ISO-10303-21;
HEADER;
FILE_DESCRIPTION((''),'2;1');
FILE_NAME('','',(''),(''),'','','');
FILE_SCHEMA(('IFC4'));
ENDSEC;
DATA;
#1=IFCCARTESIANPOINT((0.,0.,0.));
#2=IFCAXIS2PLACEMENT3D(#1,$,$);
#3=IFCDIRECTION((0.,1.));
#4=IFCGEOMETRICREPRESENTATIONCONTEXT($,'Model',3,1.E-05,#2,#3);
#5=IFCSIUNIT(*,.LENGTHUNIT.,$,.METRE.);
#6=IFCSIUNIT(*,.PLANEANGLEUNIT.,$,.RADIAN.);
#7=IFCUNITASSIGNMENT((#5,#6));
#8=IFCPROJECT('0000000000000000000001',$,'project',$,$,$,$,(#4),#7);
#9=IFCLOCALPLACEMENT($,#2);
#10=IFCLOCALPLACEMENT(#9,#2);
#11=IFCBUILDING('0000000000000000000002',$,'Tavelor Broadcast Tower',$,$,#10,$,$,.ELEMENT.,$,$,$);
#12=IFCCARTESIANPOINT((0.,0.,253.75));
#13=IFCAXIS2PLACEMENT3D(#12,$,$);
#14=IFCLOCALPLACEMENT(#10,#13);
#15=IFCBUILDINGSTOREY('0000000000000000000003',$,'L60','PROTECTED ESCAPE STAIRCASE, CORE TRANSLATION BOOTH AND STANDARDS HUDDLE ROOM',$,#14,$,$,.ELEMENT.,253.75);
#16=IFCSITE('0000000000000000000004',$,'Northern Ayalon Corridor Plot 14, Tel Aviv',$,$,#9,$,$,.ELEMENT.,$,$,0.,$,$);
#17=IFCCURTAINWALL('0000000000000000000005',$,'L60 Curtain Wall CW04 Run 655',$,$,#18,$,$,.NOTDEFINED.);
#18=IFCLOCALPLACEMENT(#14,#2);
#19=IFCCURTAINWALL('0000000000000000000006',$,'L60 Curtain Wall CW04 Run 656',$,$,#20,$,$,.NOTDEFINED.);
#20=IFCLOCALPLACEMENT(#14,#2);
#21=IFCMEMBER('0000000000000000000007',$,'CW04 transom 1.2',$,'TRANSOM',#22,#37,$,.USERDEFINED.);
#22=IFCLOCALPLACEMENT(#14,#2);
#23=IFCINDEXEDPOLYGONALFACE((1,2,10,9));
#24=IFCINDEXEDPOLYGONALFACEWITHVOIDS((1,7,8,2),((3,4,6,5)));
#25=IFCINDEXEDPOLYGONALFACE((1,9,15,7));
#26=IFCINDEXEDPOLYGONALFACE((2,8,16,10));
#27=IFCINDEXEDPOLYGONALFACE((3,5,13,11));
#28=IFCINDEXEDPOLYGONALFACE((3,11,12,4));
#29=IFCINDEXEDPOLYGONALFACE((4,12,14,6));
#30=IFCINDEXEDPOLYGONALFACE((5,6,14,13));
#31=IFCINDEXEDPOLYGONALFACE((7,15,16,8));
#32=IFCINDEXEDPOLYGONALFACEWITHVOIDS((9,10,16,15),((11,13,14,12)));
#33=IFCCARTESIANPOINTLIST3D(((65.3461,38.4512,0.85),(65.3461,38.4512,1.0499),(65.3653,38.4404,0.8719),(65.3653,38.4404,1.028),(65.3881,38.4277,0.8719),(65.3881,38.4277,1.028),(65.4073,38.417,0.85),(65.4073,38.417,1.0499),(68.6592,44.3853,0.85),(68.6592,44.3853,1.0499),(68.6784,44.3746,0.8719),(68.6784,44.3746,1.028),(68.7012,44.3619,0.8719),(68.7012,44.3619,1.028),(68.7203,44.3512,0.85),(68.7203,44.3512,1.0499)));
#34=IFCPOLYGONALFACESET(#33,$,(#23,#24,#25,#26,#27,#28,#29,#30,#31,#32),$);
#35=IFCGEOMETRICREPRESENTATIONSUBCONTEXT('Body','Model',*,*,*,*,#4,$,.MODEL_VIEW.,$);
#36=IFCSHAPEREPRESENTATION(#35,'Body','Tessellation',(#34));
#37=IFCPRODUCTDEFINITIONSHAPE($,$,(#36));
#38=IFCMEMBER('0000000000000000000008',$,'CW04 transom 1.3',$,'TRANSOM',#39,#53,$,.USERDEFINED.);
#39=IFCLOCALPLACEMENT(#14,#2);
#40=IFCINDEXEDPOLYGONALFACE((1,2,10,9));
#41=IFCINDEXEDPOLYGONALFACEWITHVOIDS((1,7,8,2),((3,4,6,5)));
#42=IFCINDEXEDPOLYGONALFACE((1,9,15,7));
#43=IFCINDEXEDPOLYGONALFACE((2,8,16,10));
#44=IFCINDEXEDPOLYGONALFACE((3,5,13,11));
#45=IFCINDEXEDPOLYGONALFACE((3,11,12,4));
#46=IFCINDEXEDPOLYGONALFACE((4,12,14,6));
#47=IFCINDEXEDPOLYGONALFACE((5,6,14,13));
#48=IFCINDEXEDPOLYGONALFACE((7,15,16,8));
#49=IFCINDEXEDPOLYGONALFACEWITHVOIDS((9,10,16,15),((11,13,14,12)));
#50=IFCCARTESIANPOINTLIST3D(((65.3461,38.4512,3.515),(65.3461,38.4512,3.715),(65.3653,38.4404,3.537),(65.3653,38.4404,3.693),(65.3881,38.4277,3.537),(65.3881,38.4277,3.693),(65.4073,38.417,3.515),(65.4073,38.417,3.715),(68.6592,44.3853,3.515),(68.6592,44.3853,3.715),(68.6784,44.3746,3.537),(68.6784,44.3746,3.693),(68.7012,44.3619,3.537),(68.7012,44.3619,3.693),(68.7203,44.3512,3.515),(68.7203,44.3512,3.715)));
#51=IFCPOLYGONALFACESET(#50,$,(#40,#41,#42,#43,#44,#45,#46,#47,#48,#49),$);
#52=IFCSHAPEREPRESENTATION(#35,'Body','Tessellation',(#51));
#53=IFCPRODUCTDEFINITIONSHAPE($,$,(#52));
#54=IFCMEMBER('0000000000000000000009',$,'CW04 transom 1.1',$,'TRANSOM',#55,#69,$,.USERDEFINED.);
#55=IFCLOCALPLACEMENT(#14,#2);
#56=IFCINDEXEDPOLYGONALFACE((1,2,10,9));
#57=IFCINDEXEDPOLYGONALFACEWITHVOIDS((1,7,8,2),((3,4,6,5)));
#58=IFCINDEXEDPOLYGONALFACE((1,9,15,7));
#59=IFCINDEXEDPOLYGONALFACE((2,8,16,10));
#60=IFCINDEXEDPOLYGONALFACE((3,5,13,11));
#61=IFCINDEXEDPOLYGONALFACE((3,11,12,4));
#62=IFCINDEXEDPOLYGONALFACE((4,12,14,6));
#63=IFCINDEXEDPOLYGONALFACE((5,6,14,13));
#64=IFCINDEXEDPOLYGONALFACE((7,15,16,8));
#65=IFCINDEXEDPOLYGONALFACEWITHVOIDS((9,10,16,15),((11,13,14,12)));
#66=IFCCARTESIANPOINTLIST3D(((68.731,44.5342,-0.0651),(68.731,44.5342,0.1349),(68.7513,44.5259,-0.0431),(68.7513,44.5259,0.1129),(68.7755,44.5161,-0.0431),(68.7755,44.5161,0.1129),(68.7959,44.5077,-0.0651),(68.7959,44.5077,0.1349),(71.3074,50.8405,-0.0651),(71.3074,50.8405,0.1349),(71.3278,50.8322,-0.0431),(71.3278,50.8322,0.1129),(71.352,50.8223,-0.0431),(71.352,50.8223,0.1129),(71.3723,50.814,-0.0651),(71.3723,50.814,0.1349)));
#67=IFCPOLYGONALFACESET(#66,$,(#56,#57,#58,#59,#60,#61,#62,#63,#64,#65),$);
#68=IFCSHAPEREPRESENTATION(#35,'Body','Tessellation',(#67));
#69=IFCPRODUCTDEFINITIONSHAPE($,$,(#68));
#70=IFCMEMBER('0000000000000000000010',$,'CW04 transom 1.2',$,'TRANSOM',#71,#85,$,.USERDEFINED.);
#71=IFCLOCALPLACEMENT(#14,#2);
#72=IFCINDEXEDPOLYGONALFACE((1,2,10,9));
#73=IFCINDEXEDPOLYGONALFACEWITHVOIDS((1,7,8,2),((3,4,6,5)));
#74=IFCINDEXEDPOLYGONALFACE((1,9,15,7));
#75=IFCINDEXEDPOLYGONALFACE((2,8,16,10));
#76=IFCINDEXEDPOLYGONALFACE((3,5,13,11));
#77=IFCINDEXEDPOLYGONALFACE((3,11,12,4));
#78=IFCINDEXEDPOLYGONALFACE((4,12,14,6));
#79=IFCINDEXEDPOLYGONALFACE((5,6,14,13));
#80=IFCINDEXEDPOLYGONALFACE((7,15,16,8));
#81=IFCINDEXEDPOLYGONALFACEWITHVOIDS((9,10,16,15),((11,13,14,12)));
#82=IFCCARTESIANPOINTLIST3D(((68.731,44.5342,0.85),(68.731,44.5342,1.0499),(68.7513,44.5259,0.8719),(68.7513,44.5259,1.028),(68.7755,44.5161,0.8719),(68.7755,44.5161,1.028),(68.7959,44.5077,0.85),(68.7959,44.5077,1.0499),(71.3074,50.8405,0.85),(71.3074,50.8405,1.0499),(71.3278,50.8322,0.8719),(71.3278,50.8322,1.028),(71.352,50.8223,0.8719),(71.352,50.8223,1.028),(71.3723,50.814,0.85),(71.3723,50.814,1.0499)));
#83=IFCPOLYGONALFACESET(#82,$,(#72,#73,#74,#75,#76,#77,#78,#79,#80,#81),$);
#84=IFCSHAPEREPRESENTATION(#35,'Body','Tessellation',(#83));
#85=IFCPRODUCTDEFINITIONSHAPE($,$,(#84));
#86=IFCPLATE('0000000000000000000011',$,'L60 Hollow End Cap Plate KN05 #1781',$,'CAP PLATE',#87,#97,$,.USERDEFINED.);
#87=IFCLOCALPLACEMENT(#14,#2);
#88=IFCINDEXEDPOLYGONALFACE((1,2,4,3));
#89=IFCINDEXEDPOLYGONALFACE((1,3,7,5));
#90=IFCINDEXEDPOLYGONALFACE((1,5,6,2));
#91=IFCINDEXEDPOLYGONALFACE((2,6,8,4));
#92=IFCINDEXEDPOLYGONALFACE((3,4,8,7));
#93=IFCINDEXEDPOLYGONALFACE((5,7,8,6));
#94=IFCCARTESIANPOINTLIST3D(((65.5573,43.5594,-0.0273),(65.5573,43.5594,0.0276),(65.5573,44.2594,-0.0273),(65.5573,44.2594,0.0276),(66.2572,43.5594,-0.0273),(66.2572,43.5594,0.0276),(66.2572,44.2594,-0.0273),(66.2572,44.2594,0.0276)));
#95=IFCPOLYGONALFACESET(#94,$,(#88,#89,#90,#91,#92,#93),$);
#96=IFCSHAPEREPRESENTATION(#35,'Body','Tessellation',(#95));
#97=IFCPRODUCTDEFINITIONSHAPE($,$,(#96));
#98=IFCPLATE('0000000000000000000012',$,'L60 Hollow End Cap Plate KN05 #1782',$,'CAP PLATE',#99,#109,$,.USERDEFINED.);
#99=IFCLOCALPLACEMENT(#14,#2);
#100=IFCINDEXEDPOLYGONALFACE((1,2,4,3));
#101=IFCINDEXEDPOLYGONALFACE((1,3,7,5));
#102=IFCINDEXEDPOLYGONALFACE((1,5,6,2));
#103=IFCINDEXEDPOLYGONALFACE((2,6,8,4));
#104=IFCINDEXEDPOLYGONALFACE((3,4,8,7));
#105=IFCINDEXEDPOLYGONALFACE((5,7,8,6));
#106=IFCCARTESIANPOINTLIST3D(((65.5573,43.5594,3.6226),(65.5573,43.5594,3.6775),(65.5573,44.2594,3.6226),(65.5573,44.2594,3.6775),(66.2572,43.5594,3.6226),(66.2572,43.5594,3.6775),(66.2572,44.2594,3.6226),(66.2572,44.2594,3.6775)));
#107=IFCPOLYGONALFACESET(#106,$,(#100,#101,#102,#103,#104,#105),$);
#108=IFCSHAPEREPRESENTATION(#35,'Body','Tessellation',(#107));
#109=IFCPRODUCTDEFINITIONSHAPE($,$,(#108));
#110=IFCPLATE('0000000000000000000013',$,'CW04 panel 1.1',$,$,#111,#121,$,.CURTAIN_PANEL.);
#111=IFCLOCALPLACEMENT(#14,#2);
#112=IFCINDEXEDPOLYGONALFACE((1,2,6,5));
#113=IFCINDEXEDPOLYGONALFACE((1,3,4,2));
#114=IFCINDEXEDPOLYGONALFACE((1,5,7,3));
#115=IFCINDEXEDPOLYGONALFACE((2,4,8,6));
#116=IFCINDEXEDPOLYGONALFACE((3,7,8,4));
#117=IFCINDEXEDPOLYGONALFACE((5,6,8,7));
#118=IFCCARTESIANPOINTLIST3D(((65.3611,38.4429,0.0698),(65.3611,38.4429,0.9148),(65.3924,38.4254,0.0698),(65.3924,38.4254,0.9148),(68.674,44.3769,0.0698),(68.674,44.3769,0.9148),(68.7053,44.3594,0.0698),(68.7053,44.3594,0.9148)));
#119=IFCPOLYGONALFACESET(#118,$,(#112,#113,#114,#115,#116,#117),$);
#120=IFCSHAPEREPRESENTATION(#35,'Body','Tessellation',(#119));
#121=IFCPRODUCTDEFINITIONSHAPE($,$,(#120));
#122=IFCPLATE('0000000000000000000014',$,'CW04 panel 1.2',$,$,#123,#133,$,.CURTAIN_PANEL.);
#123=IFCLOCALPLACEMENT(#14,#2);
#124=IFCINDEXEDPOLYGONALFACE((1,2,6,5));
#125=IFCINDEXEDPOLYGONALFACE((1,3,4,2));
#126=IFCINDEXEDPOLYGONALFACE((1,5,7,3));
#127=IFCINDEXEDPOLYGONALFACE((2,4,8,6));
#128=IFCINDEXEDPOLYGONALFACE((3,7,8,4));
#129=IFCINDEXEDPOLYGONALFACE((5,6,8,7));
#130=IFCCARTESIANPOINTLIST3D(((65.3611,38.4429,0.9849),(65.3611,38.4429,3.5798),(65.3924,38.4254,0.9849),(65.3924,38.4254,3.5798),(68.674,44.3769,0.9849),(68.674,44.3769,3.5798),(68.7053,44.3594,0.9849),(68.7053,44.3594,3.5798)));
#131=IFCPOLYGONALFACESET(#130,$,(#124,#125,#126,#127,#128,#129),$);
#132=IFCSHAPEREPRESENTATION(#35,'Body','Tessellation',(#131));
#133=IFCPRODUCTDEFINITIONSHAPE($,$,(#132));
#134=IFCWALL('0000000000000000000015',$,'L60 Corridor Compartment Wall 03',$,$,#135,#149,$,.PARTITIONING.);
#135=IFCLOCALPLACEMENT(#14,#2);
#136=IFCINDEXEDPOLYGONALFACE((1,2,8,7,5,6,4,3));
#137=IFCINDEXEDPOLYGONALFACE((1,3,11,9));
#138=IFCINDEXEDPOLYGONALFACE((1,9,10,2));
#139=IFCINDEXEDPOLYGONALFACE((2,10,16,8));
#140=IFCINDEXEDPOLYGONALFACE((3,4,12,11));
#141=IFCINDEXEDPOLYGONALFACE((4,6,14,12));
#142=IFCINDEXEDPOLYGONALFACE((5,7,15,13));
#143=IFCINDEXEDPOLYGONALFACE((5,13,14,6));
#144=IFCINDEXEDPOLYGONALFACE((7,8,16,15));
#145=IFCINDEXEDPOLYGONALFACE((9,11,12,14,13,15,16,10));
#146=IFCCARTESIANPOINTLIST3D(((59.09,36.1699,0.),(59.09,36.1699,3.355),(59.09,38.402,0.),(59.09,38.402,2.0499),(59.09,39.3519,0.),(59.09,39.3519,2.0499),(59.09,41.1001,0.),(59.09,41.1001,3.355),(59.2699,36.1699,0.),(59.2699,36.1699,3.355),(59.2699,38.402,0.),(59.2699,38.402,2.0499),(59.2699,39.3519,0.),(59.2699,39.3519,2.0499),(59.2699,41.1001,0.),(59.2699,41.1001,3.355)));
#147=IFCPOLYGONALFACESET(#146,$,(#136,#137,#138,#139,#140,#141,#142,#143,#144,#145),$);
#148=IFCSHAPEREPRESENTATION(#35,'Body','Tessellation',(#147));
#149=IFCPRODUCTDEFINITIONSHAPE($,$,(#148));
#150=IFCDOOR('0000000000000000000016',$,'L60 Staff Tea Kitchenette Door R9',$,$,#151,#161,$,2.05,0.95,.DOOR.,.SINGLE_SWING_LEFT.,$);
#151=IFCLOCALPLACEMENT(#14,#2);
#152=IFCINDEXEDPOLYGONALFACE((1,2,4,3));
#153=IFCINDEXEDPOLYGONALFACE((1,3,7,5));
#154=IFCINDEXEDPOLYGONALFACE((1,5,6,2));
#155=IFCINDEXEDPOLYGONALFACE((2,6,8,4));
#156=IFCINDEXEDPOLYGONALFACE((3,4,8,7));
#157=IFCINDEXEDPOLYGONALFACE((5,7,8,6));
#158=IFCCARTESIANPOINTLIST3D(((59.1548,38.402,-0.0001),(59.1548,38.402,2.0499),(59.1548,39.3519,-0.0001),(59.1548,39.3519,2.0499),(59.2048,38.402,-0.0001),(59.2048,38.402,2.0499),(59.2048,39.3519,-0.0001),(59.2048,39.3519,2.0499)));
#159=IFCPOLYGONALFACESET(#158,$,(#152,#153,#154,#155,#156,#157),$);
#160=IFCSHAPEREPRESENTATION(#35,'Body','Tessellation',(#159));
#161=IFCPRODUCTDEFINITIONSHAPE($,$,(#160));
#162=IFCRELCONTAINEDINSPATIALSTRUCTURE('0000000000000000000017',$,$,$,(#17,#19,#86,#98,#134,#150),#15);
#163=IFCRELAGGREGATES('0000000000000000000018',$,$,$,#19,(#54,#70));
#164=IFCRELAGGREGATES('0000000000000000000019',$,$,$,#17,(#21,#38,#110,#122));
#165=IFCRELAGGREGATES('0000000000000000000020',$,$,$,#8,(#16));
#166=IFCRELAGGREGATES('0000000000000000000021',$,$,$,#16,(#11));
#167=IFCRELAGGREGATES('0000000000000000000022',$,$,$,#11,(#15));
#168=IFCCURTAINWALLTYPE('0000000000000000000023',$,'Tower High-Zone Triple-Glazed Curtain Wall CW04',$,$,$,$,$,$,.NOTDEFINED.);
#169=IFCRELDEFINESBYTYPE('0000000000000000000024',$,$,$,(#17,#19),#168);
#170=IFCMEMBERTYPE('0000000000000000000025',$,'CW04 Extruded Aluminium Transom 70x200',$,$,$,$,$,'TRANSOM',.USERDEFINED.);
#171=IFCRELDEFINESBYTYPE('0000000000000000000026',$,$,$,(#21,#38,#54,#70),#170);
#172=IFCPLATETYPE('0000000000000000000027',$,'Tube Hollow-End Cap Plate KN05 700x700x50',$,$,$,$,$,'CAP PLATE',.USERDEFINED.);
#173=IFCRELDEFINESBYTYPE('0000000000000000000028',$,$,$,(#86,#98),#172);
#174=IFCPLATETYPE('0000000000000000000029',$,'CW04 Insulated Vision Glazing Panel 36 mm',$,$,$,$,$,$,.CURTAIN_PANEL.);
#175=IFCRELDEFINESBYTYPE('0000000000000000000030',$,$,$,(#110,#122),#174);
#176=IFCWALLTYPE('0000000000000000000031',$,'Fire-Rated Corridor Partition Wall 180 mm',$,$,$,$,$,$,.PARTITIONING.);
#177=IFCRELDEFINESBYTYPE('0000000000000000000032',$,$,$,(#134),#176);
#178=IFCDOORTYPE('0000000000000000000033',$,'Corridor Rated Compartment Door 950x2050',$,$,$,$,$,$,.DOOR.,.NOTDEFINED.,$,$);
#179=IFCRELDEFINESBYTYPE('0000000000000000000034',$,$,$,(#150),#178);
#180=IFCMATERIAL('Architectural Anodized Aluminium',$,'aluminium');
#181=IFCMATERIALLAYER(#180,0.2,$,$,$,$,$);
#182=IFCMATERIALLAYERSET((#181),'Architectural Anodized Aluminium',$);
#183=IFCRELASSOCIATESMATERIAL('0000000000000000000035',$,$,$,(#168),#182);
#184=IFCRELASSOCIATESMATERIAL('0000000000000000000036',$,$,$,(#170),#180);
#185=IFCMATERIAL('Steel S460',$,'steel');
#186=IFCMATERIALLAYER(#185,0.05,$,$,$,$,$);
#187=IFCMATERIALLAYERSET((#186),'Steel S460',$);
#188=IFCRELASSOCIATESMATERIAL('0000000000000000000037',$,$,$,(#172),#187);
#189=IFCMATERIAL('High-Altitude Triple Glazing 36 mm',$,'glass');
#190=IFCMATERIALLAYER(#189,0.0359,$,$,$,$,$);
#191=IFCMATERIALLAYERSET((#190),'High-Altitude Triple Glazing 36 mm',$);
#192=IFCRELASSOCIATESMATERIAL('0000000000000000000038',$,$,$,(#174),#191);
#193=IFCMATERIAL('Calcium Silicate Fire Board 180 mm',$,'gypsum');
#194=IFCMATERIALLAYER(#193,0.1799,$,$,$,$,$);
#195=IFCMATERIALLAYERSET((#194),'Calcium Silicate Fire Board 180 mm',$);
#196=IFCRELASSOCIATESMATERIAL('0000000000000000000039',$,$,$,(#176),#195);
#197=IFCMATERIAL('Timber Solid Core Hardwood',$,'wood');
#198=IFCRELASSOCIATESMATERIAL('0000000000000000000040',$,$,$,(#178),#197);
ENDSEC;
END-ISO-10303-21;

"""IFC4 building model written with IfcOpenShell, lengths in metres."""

from ifc_helpers import new_model, si_unit, direction, frame, frame_2d, origin, origin_2d, place, context, subcontext, project, spatial, rectangle, hollow_rectangle, extrude, source, transform, mapped, material, layer, layer_set, material_profile, profile_set, type_object, type_shapes, element, fill, aggregate, save


model = new_model("IFC4")

# Units and contexts
model_context = context("Model", 3, precision=1e-05, world=origin(), true_north=direction((0.0, 1.0)))
body_context = subcontext(model_context, "Body", "Model", "MODEL_VIEW")
ifc_project = project(units=[si_unit("LENGTHUNIT", "METRE"), si_unit("PLANEANGLEUNIT", "RADIAN")], contexts=[model_context])

# Site, building, storey
site_placement = place(None, origin())
site = spatial("IfcSite", under=ifc_project, at=site_placement, Name="Northern Ayalon Corridor Plot 14, Tel Aviv", CompositionType="ELEMENT", RefElevation=0.0)
building_placement = place(site_placement, origin())
building = spatial("IfcBuilding", under=site, at=building_placement, Name="Tavelor Broadcast Tower", CompositionType="ELEMENT")
storey_placement = place(building_placement, frame((0.0, 0.0, 253.75)))
storey = spatial("IfcBuildingStorey", under=building, at=storey_placement, Name="L60", Description="PROTECTED ESCAPE STAIRCASE, CORE TRANSLATION BOOTH AND STANDARDS HUDDLE ROOM", CompositionType="ELEMENT", Elevation=253.75)

# Shared definitions
ifc_material_1 = material(Name="Steel S460", Category="steel")

# Curtain wall
ifc_material_2 = material(Name="Architectural Anodized Aluminium", Category="aluminium")
ifc_layer_1 = layer(ifc_material_2, 0.2)
ifc_layer_set_1 = layer_set([ifc_layer_1], Name="Architectural Anodized Aluminium")
curtain_wall_type = type_object("IfcCurtainWallType", Name="Tower High-Zone Triple-Glazed Curtain Wall CW04", PredefinedType="NOTDEFINED", material=ifc_layer_set_1)
curtain_wall_1_placement = place(storey_placement, origin())
curtain_wall_1 = element("IfcCurtainWall", 1, at=curtain_wall_1_placement, inside=storey, type_object=curtain_wall_type, Name="L60 Curtain Wall CW04 Run 655", PredefinedType="NOTDEFINED")

# Curtain wall
curtain_wall_2_placement = place(storey_placement, origin())
curtain_wall_2 = element("IfcCurtainWall", 2, at=curtain_wall_2_placement, inside=storey, type_object=curtain_wall_type, Name="L60 Curtain Wall CW04 Run 656", PredefinedType="NOTDEFINED")

# Members
ifc_material_profile_1 = material_profile(ifc_material_2, hollow_rectangle(XDim=0.0701, YDim=0.2, WallThickness=0.022, at=origin_2d()), Name="RHS 70x200x22")
ifc_profile_set_1 = profile_set([ifc_material_profile_1], Name="Architectural Anodized Aluminium")
member_type_1 = type_object("IfcMemberType", Name="CW04 Extruded Aluminium Transom 70x200", ElementType="TRANSOM", PredefinedType="USERDEFINED", material=ifc_profile_set_1)
shared_shape_1 = source(origin(), body_context, "Body", "SweptSolid", [
    extrude(hollow_rectangle(XDim=0.0701, YDim=0.2, WallThickness=0.022, at=origin_2d()), origin(), (0.0, 0.0, 1.0), 6.7964),
])
member_1_placement = place(storey_placement, frame((65.3767, 38.4341, 0.95), z_axis=(0.487472, 0.873139, 0.0), x_axis=(-0.873139, 0.487472, 0.0)))
member_1 = element("IfcMember", 3, at=member_1_placement, type_object=member_type_1, Name="CW04 transom 1.2", ObjectType="TRANSOM", PredefinedType="USERDEFINED", context=body_context, shape_type="MappedRepresentation", body=[
    mapped(shared_shape_1, transform((0.0, 0.0, 0.0), scale=1.0)),
])
member_2_placement = place(storey_placement, frame((65.3767, 38.4341, 3.615), z_axis=(0.487472, 0.873139, 0.0), x_axis=(-0.873139, 0.487472, 0.0)))
member_2 = element("IfcMember", 4, at=member_2_placement, type_object=member_type_1, Name="CW04 transom 1.3", ObjectType="TRANSOM", PredefinedType="USERDEFINED", context=body_context, shape_type="MappedRepresentation", body=[
    mapped(shared_shape_1, transform((0.0, 0.0, 0.0), scale=1.0)),
])
shared_shape_2 = source(origin(), body_context, "Body", "SweptSolid", [
    extrude(hollow_rectangle(XDim=0.0701, YDim=0.2, WallThickness=0.022, at=origin_2d()), origin(), (0.0, 0.0, 1.0), 6.8123),
])
type_shapes(member_type_1, [shared_shape_1, shared_shape_2])
member_3_placement = place(storey_placement, frame((68.7634, 44.521, 0.0349), z_axis=(0.378209, 0.92572, 0.0), x_axis=(-0.92572, 0.378209, 0.0)))
member_3 = element("IfcMember", 5, at=member_3_placement, type_object=member_type_1, Name="CW04 transom 1.1", ObjectType="TRANSOM", PredefinedType="USERDEFINED", context=body_context, shape_type="MappedRepresentation", body=[
    mapped(shared_shape_2, transform((0.0, 0.0, 0.0), scale=1.0)),
])
member_4_placement = place(storey_placement, frame((68.7634, 44.521, 0.95), z_axis=(0.378209, 0.92572, 0.0), x_axis=(-0.92572, 0.378209, 0.0)))
member_4 = element("IfcMember", 6, at=member_4_placement, type_object=member_type_1, Name="CW04 transom 1.2", ObjectType="TRANSOM", PredefinedType="USERDEFINED", context=body_context, shape_type="MappedRepresentation", body=[
    mapped(shared_shape_2, transform((0.0, 0.0, 0.0), scale=1.0)),
])
aggregate(curtain_wall_2, [member_3, member_4])

# Plates
ifc_layer_2 = layer(ifc_material_1, 0.05)
ifc_layer_set_2 = layer_set([ifc_layer_2], Name="Steel S460")
plate_type_1 = type_object("IfcPlateType", Name="Tube Hollow-End Cap Plate KN05 700x700x50", ElementType="CAP PLATE", PredefinedType="USERDEFINED", material=ifc_layer_set_2)
shared_shape_3 = source(origin(), body_context, "Body", "SweptSolid", [
    extrude(rectangle(XDim=0.7, YDim=0.7, at=origin_2d()), origin(), (0.0, 0.0, 1.0), 0.0549),
])
type_shapes(plate_type_1, [shared_shape_3])
for number, where, z_axis, x_axis, name in (
    (7, (65.9072, 43.9094, -0.0273), (0.0, 0.0, 1.0), (1.0, 0.0, 0.0), "L60 Hollow End Cap Plate KN05 #1781"),
    (8, (65.9072, 43.9094, 3.6226), (0.0, 0.0, 1.0), (1.0, 0.0, 0.0), "L60 Hollow End Cap Plate KN05 #1782"),
):
    element("IfcPlate", number, at=place(storey_placement, frame(where, z_axis=z_axis, x_axis=x_axis)), inside=storey, type_object=plate_type_1, Name=name, ObjectType="CAP PLATE", PredefinedType="USERDEFINED", context=body_context, shape_type="MappedRepresentation", body=[
        mapped(shared_shape_3, transform((0.0, 0.0, 0.0), scale=1.0)),
    ])

# Plates
ifc_material_3 = material(Name="High-Altitude Triple Glazing 36 mm", Category="glass")
ifc_layer_3 = layer(ifc_material_3, 0.0359)
ifc_layer_set_3 = layer_set([ifc_layer_3], Name="High-Altitude Triple Glazing 36 mm")
plate_type_2 = type_object("IfcPlateType", Name="CW04 Insulated Vision Glazing Panel 36 mm", PredefinedType="CURTAIN_PANEL", material=ifc_layer_set_3)
shared_shape_4 = source(origin(), body_context, "Body", "SweptSolid", [
    extrude(rectangle(XDim=6.7961, YDim=0.0359, at=origin_2d()), origin(), (0.0, 0.0, 1.0), 0.845),
])
plate_1_placement = place(storey_placement, frame((67.0332, 41.4011, 0.0698), z_axis=(0.0, 0.0, 1.0), x_axis=(0.487469, 0.87314, 0.0)))
plate_1 = element("IfcPlate", 9, at=plate_1_placement, type_object=plate_type_2, Name="CW04 panel 1.1", PredefinedType="CURTAIN_PANEL", context=body_context, shape_type="MappedRepresentation", body=[
    mapped(shared_shape_4, transform((0.0, 0.0, 0.0), scale=1.0)),
])
shared_shape_5 = source(origin(), body_context, "Body", "SweptSolid", [
    extrude(rectangle(XDim=6.7961, YDim=0.0359, at=origin_2d()), origin(), (0.0, 0.0, 1.0), 2.595),
])
type_shapes(plate_type_2, [shared_shape_4, shared_shape_5])
plate_2_placement = place(storey_placement, frame((67.0332, 41.4011, 0.9849), z_axis=(0.0, 0.0, 1.0), x_axis=(0.487469, 0.87314, 0.0)))
plate_2 = element("IfcPlate", 10, at=plate_2_placement, type_object=plate_type_2, Name="CW04 panel 1.2", PredefinedType="CURTAIN_PANEL", context=body_context, shape_type="MappedRepresentation", body=[
    mapped(shared_shape_5, transform((0.0, 0.0, 0.0), scale=1.0)),
])
aggregate(curtain_wall_1, [member_1, member_2, plate_1, plate_2])

# Wall, opening, door
ifc_material_4 = material(Name="Calcium Silicate Fire Board 180 mm", Category="gypsum")
ifc_layer_4 = layer(ifc_material_4, 0.1799)
ifc_layer_set_4 = layer_set([ifc_layer_4], Name="Calcium Silicate Fire Board 180 mm")
wall_type_1 = type_object("IfcWallType", Name="Fire-Rated Corridor Partition Wall 180 mm", PredefinedType="PARTITIONING", material=ifc_layer_set_4)
wall_1_placement = place(storey_placement, frame((59.1799, 41.1001, 0.0), z_axis=(0.0, 0.0, 1.0), x_axis=(0.0, -1.0, 0.0)))
wall_1 = element("IfcWall", 11, at=wall_1_placement, inside=storey, type_object=wall_type_1, Name="L60 Corridor Compartment Wall 03", PredefinedType="PARTITIONING", context=body_context, shape_type="SweptSolid", body=[
    extrude(rectangle(XDim=4.9302, YDim=0.1799, at=frame_2d((2.4651, 0.0))), origin(), (0.0, 0.0, 1.0), 3.355),
])
opening_1_placement = place(wall_1_placement, frame((1.748, 0.0, 0.0)))
opening_1 = element("IfcOpeningElement", 12, at=opening_1_placement, cuts=wall_1, PredefinedType="OPENING", context=body_context, shape_type="SweptSolid", body=[
    extrude(rectangle(XDim=0.95, YDim=2.05, at=frame_2d((0.4751, 1.0249))), frame((0.0, 0.1001, 0.0), z_axis=(0.0, -1.0, 0.0), x_axis=(1.0, 0.0, 0.0)), (0.0, 0.0, 1.0), 0.2),
])
ifc_material_5 = material(Name="Timber Solid Core Hardwood", Category="wood")
door_type_1 = type_object("IfcDoorType", Name="Corridor Rated Compartment Door 950x2050", OperationType="NOTDEFINED", PredefinedType="DOOR", material=ifc_material_5)
door_1_placement = place(opening_1_placement, origin())
door_1 = element("IfcDoor", 13, at=door_1_placement, inside=storey, type_object=door_type_1, Name="L60 Staff Tea Kitchenette Door R9", OperationType="SINGLE_SWING_LEFT", OverallHeight=2.05, OverallWidth=0.95, PredefinedType="DOOR", context=body_context, shape_type="SweptSolid", body=[
    extrude(rectangle(XDim=0.95, YDim=2.05, at=frame_2d((0.4751, 1.0249))), frame((0.0, 0.0249, 0.0), z_axis=(0.0, -1.0, 0.0), x_axis=(1.0, 0.0, 0.0)), (0.0, 0.0, 1.0), 0.05),
])
fill(opening_1, door_1)

save(model, "model.ifc")
